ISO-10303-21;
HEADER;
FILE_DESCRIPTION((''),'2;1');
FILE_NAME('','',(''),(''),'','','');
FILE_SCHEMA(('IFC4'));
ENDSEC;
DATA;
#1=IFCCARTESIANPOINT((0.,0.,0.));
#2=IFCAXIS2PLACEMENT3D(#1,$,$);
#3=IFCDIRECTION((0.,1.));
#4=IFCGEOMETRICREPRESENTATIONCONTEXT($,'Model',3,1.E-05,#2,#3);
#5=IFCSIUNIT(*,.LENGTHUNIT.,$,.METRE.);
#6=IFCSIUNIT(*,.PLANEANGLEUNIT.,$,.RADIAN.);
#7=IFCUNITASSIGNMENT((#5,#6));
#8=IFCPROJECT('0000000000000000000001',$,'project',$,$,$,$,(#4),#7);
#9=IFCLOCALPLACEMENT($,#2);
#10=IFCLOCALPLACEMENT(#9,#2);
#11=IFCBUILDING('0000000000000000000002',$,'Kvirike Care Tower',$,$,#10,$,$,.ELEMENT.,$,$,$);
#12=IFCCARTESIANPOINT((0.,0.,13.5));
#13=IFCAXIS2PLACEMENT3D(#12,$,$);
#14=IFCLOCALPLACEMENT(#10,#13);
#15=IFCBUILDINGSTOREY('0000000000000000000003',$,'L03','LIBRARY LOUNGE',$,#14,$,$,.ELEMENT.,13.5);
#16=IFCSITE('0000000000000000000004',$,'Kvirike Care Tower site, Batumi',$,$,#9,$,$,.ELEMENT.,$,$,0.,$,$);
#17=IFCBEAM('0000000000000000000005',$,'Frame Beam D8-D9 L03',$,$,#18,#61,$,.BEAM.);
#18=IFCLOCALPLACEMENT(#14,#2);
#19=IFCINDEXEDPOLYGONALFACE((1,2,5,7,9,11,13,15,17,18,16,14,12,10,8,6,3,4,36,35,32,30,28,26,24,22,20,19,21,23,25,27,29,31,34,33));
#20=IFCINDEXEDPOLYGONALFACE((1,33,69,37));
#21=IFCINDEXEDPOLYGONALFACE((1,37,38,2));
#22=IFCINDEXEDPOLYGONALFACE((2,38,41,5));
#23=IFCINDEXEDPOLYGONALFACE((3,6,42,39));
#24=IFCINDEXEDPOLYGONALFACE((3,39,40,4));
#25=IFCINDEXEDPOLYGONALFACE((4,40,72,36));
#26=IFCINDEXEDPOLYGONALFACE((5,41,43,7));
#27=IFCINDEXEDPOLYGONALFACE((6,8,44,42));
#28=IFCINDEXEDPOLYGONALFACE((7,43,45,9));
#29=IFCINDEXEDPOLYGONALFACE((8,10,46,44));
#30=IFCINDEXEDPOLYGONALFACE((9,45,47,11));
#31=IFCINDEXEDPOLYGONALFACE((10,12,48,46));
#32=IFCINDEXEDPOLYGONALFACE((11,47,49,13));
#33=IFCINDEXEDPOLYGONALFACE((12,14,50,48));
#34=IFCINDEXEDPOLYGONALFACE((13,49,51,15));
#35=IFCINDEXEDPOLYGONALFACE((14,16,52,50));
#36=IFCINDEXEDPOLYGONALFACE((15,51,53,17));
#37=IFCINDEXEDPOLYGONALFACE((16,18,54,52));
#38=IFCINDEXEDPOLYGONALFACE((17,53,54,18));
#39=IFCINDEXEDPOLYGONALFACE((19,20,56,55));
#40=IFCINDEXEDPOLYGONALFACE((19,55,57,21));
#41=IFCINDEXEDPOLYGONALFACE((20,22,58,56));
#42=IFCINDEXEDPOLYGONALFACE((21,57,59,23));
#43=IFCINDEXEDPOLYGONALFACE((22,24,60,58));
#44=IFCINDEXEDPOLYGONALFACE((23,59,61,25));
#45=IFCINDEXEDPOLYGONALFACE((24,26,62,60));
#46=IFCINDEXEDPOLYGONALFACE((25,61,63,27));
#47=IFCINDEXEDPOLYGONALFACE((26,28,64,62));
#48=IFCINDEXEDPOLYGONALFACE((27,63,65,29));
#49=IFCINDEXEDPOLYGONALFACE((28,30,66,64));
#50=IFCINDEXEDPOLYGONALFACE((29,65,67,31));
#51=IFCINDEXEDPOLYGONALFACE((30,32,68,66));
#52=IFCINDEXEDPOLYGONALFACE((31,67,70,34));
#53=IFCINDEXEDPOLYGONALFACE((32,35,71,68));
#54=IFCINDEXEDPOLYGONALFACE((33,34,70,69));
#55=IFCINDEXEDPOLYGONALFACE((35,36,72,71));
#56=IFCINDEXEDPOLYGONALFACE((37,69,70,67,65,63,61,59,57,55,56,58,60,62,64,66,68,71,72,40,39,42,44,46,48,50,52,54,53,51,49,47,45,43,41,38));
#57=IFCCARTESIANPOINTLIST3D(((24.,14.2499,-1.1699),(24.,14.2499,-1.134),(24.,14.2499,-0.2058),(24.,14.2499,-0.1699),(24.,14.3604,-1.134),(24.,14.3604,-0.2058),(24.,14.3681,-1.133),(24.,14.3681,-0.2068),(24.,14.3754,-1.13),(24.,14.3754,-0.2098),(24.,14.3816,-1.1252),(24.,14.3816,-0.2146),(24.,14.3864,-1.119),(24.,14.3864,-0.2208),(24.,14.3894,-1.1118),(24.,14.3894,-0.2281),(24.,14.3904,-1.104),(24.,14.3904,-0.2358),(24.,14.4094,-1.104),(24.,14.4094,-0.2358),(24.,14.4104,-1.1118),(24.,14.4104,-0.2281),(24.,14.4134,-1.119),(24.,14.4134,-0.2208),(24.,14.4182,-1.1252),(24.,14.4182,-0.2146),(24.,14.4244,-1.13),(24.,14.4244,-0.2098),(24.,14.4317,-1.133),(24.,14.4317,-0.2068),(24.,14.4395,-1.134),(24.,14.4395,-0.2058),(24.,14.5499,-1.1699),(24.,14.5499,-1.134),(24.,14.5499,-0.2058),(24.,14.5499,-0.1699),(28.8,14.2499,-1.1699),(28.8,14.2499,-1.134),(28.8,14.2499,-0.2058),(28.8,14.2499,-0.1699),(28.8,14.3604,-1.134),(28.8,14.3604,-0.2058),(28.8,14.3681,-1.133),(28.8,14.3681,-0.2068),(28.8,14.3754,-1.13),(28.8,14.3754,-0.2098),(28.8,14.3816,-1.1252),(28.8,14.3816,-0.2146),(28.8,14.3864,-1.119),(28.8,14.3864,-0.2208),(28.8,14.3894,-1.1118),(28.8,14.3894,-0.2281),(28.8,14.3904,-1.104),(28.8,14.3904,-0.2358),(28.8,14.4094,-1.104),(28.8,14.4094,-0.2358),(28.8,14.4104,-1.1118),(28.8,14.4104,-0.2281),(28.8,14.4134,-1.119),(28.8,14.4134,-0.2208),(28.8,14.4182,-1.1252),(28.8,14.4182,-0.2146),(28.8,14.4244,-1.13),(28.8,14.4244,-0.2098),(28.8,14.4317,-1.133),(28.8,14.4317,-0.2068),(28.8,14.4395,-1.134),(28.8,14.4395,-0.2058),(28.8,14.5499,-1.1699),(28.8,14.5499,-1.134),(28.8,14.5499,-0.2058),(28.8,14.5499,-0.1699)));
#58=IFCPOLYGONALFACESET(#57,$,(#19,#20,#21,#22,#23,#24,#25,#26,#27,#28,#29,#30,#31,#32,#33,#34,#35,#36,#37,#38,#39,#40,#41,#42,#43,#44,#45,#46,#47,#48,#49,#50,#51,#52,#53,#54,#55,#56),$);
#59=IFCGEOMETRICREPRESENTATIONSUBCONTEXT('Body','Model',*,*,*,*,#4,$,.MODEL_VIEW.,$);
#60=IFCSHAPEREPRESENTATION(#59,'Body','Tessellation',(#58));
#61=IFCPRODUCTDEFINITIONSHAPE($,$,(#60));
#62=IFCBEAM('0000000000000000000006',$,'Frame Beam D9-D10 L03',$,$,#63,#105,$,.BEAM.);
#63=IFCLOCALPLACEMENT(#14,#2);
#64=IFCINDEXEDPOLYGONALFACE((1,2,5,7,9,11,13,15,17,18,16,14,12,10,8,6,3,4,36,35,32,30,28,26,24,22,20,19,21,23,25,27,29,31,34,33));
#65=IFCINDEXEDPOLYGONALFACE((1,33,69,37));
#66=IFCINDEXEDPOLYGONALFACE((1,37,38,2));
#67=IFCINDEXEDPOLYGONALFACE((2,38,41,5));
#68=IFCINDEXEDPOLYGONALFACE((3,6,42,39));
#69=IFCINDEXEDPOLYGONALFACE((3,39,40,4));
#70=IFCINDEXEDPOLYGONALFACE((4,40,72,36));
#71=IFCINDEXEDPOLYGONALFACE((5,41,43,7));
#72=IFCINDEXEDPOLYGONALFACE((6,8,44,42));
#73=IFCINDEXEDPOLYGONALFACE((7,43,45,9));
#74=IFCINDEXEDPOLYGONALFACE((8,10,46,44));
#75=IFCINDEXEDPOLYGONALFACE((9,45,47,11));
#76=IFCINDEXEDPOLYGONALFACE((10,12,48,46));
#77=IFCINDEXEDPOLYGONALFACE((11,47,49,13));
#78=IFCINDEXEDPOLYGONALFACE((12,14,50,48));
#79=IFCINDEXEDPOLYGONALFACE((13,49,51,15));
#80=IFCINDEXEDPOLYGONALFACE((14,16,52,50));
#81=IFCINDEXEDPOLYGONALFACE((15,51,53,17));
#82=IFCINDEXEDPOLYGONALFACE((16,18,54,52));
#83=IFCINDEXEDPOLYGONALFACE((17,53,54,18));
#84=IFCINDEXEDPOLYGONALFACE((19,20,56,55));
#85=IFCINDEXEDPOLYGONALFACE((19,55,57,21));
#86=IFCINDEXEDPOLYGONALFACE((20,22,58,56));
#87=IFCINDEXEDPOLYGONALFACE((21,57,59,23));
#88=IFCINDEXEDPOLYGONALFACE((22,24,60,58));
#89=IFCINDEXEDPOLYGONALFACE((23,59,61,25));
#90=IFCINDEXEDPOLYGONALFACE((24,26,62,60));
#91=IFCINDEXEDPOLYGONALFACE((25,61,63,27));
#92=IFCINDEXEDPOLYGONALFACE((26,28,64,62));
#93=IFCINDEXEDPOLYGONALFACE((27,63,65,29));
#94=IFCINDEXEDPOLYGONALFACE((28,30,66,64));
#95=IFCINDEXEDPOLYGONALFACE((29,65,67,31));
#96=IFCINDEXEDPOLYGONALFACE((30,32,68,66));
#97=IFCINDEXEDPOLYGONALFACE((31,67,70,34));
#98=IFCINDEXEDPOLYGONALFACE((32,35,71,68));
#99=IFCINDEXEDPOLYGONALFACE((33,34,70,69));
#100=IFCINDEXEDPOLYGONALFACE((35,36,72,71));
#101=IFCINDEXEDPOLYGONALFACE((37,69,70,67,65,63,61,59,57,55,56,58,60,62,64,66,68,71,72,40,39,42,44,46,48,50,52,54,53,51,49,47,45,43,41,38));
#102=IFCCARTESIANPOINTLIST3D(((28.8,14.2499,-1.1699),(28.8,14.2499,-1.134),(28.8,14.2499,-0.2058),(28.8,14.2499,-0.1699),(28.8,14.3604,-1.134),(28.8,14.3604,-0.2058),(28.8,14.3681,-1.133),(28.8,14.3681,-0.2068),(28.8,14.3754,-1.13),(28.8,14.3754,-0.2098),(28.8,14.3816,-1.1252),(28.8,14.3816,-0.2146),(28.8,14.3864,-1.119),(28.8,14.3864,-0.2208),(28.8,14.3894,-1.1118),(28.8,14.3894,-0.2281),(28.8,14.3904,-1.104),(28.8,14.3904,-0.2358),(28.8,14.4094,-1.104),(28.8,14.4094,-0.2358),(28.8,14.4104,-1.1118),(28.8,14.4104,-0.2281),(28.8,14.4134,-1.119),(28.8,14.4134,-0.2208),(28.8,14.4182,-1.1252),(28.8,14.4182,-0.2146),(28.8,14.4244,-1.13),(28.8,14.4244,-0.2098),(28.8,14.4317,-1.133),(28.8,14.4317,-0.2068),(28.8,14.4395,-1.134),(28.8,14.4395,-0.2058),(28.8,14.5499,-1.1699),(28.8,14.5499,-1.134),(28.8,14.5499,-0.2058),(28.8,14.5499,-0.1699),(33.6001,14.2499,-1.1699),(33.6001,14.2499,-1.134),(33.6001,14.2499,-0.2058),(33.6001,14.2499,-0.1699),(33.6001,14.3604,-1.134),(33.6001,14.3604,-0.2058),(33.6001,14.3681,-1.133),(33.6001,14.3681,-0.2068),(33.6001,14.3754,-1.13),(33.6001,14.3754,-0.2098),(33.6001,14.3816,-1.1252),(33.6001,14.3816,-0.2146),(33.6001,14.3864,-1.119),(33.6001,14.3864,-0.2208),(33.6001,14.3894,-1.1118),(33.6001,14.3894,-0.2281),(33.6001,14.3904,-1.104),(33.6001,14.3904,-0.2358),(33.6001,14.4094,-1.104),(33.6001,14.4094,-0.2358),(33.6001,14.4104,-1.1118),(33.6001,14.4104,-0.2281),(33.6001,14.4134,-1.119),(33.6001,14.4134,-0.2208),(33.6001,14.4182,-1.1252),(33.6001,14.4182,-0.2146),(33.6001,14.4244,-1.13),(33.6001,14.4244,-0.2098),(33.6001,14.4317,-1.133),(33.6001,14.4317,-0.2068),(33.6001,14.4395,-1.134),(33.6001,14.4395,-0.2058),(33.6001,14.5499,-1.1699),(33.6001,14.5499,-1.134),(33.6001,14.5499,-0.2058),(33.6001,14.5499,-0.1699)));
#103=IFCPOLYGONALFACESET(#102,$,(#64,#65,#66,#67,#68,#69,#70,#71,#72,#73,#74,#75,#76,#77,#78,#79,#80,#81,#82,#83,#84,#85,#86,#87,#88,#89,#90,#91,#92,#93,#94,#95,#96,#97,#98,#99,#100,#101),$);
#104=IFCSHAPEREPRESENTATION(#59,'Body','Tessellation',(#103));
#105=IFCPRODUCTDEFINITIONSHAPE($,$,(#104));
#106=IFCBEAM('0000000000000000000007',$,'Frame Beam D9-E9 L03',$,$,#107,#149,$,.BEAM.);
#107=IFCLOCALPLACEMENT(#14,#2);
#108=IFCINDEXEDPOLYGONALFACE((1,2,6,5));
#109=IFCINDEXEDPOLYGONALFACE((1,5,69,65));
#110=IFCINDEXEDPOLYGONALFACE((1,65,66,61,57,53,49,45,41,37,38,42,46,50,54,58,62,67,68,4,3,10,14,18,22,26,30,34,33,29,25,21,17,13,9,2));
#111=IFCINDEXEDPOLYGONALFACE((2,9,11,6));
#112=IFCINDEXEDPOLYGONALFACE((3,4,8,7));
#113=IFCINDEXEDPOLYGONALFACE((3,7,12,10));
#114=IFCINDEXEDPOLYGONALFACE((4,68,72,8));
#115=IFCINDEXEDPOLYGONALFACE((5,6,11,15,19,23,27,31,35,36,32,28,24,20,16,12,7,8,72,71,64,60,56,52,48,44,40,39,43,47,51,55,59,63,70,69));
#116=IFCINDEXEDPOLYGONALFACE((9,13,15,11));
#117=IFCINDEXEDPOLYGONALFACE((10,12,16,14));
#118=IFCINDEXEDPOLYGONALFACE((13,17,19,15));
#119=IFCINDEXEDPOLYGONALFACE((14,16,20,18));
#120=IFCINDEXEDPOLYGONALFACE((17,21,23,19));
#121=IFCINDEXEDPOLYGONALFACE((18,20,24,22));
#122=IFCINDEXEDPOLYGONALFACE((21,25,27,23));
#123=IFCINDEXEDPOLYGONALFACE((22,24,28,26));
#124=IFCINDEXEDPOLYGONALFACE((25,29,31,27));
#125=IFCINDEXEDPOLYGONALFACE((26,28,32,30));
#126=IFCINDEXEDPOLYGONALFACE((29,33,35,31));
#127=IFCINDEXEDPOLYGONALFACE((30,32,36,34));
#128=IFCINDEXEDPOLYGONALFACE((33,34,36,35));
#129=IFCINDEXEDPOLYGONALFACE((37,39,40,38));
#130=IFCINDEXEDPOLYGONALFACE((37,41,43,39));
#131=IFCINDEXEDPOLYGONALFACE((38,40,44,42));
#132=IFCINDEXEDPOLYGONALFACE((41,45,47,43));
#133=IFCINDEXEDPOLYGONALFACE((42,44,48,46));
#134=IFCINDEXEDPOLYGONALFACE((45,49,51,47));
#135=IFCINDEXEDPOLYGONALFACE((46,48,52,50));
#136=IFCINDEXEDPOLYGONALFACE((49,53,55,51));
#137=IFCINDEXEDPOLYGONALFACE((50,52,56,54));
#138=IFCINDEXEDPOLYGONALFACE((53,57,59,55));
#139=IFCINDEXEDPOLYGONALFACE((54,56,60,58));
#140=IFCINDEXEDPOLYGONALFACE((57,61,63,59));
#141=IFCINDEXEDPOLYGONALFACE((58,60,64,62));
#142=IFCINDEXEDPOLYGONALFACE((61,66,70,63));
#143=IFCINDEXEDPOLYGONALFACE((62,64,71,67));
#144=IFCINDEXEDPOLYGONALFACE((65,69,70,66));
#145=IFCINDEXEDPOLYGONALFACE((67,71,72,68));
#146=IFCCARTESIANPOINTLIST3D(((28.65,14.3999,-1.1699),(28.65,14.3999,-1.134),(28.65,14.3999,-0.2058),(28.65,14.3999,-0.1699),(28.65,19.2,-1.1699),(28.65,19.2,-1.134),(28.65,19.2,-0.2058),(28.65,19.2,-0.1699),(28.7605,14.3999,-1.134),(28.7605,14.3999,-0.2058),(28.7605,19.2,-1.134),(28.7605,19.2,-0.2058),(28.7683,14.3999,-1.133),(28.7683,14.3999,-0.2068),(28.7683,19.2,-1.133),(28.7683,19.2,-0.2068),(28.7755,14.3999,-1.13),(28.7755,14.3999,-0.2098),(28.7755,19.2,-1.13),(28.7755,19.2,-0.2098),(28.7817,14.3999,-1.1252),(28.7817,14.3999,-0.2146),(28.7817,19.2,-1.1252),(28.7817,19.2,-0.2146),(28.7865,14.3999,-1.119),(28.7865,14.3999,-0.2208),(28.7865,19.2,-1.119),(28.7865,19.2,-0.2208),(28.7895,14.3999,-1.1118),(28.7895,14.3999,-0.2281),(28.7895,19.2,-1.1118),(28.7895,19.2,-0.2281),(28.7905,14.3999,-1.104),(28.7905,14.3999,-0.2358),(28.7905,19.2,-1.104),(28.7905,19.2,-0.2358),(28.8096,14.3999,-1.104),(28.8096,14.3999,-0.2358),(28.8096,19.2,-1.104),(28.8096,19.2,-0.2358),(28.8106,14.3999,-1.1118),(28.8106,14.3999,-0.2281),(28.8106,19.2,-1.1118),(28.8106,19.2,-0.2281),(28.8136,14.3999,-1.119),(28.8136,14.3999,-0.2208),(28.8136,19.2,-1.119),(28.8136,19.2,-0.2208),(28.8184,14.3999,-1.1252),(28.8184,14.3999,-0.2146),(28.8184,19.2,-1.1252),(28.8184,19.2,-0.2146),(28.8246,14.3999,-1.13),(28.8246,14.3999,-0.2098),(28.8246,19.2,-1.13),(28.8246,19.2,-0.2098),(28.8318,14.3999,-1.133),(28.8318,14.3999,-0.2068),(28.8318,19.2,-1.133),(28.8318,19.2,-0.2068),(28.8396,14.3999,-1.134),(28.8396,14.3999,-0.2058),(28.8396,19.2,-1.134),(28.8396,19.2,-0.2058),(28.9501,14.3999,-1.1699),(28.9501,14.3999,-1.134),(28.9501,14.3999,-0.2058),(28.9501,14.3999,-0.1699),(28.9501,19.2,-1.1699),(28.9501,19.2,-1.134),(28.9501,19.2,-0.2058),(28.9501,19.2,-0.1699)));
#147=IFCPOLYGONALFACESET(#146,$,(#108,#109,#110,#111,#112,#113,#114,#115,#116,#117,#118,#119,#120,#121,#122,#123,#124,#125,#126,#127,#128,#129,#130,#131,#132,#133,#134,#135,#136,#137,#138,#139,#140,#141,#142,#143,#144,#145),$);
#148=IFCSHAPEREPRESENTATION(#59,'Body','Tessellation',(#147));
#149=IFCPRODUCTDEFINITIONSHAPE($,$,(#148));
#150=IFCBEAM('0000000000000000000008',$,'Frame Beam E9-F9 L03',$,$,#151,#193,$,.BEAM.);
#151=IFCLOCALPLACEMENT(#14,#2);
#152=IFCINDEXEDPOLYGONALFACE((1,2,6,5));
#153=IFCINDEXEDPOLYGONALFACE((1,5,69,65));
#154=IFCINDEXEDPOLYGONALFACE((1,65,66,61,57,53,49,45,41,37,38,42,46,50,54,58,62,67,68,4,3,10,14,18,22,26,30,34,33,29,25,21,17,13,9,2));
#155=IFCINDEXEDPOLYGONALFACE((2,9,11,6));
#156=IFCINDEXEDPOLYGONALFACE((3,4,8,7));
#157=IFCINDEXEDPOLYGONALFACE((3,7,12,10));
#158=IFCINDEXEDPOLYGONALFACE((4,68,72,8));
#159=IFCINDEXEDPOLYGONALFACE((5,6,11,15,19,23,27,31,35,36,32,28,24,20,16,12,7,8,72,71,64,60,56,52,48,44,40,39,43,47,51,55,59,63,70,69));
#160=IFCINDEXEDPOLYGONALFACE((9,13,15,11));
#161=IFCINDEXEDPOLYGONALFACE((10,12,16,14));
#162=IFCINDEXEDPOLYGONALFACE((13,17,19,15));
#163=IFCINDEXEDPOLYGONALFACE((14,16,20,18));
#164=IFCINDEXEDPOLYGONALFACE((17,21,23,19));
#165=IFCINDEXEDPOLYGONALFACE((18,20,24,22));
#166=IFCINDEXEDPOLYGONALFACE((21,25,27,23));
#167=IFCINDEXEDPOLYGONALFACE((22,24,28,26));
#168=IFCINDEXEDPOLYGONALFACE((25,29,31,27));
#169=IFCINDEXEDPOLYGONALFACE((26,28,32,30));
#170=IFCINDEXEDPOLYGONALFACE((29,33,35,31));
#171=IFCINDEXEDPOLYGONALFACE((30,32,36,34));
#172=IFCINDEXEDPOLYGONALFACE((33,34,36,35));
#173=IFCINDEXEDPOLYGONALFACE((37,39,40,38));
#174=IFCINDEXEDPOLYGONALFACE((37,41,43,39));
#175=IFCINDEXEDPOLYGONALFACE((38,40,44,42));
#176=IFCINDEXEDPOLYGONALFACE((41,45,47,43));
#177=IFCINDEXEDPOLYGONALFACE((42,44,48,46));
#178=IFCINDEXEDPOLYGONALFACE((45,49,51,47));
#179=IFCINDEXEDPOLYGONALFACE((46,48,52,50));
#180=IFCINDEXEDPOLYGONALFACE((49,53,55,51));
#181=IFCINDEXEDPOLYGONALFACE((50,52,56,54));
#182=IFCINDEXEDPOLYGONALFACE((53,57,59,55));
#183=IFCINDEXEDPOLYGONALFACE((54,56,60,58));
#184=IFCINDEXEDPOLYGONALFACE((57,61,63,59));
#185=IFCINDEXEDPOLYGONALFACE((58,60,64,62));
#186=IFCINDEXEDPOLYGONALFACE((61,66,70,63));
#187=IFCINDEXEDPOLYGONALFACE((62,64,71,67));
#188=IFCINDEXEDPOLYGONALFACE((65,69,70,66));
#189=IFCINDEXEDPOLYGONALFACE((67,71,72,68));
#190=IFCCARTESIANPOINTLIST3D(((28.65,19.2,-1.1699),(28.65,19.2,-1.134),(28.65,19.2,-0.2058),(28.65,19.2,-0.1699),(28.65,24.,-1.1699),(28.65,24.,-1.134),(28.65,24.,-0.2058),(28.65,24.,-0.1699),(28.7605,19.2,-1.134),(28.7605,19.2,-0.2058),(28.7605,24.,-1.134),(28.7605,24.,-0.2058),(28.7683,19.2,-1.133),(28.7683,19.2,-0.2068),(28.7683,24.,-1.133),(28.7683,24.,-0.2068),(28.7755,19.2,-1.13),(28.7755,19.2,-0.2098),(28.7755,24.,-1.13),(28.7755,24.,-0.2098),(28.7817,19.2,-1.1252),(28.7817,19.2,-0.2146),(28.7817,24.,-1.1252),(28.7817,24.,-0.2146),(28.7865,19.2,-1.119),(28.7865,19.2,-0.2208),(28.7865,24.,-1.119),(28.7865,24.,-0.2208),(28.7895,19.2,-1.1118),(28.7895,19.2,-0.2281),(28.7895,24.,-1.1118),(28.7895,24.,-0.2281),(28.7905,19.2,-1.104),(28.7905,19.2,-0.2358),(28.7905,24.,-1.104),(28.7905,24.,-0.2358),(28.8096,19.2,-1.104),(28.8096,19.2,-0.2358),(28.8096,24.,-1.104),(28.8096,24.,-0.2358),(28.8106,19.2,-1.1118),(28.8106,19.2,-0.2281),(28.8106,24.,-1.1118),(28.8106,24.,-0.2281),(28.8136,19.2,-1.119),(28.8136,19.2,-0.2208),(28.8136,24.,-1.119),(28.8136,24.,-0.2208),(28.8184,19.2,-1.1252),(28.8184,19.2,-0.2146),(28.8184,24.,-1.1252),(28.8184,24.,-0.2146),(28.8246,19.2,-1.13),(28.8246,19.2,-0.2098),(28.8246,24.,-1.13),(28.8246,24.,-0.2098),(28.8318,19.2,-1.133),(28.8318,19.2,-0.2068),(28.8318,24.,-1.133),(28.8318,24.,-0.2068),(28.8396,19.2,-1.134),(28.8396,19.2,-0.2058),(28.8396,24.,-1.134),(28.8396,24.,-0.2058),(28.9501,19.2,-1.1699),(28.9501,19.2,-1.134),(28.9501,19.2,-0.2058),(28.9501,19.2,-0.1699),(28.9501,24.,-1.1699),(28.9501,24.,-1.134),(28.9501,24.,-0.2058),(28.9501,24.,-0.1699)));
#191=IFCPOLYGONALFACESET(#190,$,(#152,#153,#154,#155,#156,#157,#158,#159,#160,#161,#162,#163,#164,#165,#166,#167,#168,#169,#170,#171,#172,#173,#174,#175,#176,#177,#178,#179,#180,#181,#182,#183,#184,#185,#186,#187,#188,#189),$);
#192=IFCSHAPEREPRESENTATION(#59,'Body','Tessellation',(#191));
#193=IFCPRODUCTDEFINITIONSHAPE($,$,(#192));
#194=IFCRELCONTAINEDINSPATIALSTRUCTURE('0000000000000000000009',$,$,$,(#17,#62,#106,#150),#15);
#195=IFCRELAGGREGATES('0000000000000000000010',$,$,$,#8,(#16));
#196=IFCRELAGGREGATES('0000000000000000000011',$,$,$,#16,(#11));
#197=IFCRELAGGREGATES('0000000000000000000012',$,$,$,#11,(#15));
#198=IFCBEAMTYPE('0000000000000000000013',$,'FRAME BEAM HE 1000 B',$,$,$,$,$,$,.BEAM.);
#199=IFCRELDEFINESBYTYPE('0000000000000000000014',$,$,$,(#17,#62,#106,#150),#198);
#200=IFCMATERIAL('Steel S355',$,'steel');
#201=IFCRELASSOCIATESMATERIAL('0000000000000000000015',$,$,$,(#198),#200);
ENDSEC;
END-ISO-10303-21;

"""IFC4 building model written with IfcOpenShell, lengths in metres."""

from ifc_helpers import new_model, si_unit, direction, frame, origin, origin_2d, place, context, subcontext, project, spatial, i_section, extrude, material, material_profile, profile_set, type_object, element, save


model = new_model("IFC4")

# Units and contexts
model_context = context("Model", 3, precision=1e-05, world=origin(), true_north=direction((0.0, 1.0)))
body_context = subcontext(model_context, "Body", "Model", "MODEL_VIEW")
ifc_project = project(units=[si_unit("LENGTHUNIT", "METRE"), si_unit("PLANEANGLEUNIT", "RADIAN")], contexts=[model_context])

# Site, building, storey
site_placement = place(None, origin())
site = spatial("IfcSite", under=ifc_project, at=site_placement, Name="Kvirike Care Tower site, Batumi", CompositionType="ELEMENT", RefElevation=0.0)
building_placement = place(site_placement, origin())
building = spatial("IfcBuilding", under=site, at=building_placement, Name="Kvirike Care Tower", CompositionType="ELEMENT")
storey_placement = place(building_placement, frame((0.0, 0.0, 13.5)))
storey = spatial("IfcBuildingStorey", under=building, at=storey_placement, Name="L03", Description="LIBRARY LOUNGE", CompositionType="ELEMENT", Elevation=13.5)

# Beams
ifc_material_1 = material(Name="Steel S355", Category="steel")
ifc_material_profile_1 = material_profile(ifc_material_1, i_section(OverallWidth=0.3, OverallDepth=1.0, WebThickness=0.019, FlangeThickness=0.0359, FilletRadius=0.03, at=origin_2d()), Name="HE 1000 B")
ifc_profile_set_1 = profile_set([ifc_material_profile_1], Name="Steel S355")
beam_type_1 = type_object("IfcBeamType", Name="FRAME BEAM HE 1000 B", PredefinedType="BEAM", material=ifc_profile_set_1)
for number, where, z_axis, x_axis, name in (
    (1, (24.0, 14.3999, -0.6699), (1.0, 0.0, 0.0), (0.0, 1.0, 0.0), "Frame Beam D8-D9 L03"),
    (2, (28.8, 14.3999, -0.6699), (1.0, 0.0, 0.0), (0.0, 1.0, 0.0), "Frame Beam D9-D10 L03"),
    (3, (28.8, 14.3999, -0.6699), (0.0, 1.0, 0.0), (-1.0, 0.0, 0.0), "Frame Beam D9-E9 L03"),
    (4, (28.8, 19.2, -0.6699), (0.0, 1.0, 0.0), (-1.0, 0.0, 0.0), "Frame Beam E9-F9 L03"),
):
    element("IfcBeam", number, at=place(storey_placement, frame(where, z_axis=z_axis, x_axis=x_axis)), inside=storey, type_object=beam_type_1, Name=name, PredefinedType="BEAM", context=body_context, shape_type="SweptSolid", body=[
        extrude(i_section(OverallWidth=0.3, OverallDepth=1.0, WebThickness=0.019, FlangeThickness=0.0359, FilletRadius=0.03, at=origin_2d()), origin(), (0.0, 0.0, 1.0), 4.8),
    ])

save(model, "model.ifc")
